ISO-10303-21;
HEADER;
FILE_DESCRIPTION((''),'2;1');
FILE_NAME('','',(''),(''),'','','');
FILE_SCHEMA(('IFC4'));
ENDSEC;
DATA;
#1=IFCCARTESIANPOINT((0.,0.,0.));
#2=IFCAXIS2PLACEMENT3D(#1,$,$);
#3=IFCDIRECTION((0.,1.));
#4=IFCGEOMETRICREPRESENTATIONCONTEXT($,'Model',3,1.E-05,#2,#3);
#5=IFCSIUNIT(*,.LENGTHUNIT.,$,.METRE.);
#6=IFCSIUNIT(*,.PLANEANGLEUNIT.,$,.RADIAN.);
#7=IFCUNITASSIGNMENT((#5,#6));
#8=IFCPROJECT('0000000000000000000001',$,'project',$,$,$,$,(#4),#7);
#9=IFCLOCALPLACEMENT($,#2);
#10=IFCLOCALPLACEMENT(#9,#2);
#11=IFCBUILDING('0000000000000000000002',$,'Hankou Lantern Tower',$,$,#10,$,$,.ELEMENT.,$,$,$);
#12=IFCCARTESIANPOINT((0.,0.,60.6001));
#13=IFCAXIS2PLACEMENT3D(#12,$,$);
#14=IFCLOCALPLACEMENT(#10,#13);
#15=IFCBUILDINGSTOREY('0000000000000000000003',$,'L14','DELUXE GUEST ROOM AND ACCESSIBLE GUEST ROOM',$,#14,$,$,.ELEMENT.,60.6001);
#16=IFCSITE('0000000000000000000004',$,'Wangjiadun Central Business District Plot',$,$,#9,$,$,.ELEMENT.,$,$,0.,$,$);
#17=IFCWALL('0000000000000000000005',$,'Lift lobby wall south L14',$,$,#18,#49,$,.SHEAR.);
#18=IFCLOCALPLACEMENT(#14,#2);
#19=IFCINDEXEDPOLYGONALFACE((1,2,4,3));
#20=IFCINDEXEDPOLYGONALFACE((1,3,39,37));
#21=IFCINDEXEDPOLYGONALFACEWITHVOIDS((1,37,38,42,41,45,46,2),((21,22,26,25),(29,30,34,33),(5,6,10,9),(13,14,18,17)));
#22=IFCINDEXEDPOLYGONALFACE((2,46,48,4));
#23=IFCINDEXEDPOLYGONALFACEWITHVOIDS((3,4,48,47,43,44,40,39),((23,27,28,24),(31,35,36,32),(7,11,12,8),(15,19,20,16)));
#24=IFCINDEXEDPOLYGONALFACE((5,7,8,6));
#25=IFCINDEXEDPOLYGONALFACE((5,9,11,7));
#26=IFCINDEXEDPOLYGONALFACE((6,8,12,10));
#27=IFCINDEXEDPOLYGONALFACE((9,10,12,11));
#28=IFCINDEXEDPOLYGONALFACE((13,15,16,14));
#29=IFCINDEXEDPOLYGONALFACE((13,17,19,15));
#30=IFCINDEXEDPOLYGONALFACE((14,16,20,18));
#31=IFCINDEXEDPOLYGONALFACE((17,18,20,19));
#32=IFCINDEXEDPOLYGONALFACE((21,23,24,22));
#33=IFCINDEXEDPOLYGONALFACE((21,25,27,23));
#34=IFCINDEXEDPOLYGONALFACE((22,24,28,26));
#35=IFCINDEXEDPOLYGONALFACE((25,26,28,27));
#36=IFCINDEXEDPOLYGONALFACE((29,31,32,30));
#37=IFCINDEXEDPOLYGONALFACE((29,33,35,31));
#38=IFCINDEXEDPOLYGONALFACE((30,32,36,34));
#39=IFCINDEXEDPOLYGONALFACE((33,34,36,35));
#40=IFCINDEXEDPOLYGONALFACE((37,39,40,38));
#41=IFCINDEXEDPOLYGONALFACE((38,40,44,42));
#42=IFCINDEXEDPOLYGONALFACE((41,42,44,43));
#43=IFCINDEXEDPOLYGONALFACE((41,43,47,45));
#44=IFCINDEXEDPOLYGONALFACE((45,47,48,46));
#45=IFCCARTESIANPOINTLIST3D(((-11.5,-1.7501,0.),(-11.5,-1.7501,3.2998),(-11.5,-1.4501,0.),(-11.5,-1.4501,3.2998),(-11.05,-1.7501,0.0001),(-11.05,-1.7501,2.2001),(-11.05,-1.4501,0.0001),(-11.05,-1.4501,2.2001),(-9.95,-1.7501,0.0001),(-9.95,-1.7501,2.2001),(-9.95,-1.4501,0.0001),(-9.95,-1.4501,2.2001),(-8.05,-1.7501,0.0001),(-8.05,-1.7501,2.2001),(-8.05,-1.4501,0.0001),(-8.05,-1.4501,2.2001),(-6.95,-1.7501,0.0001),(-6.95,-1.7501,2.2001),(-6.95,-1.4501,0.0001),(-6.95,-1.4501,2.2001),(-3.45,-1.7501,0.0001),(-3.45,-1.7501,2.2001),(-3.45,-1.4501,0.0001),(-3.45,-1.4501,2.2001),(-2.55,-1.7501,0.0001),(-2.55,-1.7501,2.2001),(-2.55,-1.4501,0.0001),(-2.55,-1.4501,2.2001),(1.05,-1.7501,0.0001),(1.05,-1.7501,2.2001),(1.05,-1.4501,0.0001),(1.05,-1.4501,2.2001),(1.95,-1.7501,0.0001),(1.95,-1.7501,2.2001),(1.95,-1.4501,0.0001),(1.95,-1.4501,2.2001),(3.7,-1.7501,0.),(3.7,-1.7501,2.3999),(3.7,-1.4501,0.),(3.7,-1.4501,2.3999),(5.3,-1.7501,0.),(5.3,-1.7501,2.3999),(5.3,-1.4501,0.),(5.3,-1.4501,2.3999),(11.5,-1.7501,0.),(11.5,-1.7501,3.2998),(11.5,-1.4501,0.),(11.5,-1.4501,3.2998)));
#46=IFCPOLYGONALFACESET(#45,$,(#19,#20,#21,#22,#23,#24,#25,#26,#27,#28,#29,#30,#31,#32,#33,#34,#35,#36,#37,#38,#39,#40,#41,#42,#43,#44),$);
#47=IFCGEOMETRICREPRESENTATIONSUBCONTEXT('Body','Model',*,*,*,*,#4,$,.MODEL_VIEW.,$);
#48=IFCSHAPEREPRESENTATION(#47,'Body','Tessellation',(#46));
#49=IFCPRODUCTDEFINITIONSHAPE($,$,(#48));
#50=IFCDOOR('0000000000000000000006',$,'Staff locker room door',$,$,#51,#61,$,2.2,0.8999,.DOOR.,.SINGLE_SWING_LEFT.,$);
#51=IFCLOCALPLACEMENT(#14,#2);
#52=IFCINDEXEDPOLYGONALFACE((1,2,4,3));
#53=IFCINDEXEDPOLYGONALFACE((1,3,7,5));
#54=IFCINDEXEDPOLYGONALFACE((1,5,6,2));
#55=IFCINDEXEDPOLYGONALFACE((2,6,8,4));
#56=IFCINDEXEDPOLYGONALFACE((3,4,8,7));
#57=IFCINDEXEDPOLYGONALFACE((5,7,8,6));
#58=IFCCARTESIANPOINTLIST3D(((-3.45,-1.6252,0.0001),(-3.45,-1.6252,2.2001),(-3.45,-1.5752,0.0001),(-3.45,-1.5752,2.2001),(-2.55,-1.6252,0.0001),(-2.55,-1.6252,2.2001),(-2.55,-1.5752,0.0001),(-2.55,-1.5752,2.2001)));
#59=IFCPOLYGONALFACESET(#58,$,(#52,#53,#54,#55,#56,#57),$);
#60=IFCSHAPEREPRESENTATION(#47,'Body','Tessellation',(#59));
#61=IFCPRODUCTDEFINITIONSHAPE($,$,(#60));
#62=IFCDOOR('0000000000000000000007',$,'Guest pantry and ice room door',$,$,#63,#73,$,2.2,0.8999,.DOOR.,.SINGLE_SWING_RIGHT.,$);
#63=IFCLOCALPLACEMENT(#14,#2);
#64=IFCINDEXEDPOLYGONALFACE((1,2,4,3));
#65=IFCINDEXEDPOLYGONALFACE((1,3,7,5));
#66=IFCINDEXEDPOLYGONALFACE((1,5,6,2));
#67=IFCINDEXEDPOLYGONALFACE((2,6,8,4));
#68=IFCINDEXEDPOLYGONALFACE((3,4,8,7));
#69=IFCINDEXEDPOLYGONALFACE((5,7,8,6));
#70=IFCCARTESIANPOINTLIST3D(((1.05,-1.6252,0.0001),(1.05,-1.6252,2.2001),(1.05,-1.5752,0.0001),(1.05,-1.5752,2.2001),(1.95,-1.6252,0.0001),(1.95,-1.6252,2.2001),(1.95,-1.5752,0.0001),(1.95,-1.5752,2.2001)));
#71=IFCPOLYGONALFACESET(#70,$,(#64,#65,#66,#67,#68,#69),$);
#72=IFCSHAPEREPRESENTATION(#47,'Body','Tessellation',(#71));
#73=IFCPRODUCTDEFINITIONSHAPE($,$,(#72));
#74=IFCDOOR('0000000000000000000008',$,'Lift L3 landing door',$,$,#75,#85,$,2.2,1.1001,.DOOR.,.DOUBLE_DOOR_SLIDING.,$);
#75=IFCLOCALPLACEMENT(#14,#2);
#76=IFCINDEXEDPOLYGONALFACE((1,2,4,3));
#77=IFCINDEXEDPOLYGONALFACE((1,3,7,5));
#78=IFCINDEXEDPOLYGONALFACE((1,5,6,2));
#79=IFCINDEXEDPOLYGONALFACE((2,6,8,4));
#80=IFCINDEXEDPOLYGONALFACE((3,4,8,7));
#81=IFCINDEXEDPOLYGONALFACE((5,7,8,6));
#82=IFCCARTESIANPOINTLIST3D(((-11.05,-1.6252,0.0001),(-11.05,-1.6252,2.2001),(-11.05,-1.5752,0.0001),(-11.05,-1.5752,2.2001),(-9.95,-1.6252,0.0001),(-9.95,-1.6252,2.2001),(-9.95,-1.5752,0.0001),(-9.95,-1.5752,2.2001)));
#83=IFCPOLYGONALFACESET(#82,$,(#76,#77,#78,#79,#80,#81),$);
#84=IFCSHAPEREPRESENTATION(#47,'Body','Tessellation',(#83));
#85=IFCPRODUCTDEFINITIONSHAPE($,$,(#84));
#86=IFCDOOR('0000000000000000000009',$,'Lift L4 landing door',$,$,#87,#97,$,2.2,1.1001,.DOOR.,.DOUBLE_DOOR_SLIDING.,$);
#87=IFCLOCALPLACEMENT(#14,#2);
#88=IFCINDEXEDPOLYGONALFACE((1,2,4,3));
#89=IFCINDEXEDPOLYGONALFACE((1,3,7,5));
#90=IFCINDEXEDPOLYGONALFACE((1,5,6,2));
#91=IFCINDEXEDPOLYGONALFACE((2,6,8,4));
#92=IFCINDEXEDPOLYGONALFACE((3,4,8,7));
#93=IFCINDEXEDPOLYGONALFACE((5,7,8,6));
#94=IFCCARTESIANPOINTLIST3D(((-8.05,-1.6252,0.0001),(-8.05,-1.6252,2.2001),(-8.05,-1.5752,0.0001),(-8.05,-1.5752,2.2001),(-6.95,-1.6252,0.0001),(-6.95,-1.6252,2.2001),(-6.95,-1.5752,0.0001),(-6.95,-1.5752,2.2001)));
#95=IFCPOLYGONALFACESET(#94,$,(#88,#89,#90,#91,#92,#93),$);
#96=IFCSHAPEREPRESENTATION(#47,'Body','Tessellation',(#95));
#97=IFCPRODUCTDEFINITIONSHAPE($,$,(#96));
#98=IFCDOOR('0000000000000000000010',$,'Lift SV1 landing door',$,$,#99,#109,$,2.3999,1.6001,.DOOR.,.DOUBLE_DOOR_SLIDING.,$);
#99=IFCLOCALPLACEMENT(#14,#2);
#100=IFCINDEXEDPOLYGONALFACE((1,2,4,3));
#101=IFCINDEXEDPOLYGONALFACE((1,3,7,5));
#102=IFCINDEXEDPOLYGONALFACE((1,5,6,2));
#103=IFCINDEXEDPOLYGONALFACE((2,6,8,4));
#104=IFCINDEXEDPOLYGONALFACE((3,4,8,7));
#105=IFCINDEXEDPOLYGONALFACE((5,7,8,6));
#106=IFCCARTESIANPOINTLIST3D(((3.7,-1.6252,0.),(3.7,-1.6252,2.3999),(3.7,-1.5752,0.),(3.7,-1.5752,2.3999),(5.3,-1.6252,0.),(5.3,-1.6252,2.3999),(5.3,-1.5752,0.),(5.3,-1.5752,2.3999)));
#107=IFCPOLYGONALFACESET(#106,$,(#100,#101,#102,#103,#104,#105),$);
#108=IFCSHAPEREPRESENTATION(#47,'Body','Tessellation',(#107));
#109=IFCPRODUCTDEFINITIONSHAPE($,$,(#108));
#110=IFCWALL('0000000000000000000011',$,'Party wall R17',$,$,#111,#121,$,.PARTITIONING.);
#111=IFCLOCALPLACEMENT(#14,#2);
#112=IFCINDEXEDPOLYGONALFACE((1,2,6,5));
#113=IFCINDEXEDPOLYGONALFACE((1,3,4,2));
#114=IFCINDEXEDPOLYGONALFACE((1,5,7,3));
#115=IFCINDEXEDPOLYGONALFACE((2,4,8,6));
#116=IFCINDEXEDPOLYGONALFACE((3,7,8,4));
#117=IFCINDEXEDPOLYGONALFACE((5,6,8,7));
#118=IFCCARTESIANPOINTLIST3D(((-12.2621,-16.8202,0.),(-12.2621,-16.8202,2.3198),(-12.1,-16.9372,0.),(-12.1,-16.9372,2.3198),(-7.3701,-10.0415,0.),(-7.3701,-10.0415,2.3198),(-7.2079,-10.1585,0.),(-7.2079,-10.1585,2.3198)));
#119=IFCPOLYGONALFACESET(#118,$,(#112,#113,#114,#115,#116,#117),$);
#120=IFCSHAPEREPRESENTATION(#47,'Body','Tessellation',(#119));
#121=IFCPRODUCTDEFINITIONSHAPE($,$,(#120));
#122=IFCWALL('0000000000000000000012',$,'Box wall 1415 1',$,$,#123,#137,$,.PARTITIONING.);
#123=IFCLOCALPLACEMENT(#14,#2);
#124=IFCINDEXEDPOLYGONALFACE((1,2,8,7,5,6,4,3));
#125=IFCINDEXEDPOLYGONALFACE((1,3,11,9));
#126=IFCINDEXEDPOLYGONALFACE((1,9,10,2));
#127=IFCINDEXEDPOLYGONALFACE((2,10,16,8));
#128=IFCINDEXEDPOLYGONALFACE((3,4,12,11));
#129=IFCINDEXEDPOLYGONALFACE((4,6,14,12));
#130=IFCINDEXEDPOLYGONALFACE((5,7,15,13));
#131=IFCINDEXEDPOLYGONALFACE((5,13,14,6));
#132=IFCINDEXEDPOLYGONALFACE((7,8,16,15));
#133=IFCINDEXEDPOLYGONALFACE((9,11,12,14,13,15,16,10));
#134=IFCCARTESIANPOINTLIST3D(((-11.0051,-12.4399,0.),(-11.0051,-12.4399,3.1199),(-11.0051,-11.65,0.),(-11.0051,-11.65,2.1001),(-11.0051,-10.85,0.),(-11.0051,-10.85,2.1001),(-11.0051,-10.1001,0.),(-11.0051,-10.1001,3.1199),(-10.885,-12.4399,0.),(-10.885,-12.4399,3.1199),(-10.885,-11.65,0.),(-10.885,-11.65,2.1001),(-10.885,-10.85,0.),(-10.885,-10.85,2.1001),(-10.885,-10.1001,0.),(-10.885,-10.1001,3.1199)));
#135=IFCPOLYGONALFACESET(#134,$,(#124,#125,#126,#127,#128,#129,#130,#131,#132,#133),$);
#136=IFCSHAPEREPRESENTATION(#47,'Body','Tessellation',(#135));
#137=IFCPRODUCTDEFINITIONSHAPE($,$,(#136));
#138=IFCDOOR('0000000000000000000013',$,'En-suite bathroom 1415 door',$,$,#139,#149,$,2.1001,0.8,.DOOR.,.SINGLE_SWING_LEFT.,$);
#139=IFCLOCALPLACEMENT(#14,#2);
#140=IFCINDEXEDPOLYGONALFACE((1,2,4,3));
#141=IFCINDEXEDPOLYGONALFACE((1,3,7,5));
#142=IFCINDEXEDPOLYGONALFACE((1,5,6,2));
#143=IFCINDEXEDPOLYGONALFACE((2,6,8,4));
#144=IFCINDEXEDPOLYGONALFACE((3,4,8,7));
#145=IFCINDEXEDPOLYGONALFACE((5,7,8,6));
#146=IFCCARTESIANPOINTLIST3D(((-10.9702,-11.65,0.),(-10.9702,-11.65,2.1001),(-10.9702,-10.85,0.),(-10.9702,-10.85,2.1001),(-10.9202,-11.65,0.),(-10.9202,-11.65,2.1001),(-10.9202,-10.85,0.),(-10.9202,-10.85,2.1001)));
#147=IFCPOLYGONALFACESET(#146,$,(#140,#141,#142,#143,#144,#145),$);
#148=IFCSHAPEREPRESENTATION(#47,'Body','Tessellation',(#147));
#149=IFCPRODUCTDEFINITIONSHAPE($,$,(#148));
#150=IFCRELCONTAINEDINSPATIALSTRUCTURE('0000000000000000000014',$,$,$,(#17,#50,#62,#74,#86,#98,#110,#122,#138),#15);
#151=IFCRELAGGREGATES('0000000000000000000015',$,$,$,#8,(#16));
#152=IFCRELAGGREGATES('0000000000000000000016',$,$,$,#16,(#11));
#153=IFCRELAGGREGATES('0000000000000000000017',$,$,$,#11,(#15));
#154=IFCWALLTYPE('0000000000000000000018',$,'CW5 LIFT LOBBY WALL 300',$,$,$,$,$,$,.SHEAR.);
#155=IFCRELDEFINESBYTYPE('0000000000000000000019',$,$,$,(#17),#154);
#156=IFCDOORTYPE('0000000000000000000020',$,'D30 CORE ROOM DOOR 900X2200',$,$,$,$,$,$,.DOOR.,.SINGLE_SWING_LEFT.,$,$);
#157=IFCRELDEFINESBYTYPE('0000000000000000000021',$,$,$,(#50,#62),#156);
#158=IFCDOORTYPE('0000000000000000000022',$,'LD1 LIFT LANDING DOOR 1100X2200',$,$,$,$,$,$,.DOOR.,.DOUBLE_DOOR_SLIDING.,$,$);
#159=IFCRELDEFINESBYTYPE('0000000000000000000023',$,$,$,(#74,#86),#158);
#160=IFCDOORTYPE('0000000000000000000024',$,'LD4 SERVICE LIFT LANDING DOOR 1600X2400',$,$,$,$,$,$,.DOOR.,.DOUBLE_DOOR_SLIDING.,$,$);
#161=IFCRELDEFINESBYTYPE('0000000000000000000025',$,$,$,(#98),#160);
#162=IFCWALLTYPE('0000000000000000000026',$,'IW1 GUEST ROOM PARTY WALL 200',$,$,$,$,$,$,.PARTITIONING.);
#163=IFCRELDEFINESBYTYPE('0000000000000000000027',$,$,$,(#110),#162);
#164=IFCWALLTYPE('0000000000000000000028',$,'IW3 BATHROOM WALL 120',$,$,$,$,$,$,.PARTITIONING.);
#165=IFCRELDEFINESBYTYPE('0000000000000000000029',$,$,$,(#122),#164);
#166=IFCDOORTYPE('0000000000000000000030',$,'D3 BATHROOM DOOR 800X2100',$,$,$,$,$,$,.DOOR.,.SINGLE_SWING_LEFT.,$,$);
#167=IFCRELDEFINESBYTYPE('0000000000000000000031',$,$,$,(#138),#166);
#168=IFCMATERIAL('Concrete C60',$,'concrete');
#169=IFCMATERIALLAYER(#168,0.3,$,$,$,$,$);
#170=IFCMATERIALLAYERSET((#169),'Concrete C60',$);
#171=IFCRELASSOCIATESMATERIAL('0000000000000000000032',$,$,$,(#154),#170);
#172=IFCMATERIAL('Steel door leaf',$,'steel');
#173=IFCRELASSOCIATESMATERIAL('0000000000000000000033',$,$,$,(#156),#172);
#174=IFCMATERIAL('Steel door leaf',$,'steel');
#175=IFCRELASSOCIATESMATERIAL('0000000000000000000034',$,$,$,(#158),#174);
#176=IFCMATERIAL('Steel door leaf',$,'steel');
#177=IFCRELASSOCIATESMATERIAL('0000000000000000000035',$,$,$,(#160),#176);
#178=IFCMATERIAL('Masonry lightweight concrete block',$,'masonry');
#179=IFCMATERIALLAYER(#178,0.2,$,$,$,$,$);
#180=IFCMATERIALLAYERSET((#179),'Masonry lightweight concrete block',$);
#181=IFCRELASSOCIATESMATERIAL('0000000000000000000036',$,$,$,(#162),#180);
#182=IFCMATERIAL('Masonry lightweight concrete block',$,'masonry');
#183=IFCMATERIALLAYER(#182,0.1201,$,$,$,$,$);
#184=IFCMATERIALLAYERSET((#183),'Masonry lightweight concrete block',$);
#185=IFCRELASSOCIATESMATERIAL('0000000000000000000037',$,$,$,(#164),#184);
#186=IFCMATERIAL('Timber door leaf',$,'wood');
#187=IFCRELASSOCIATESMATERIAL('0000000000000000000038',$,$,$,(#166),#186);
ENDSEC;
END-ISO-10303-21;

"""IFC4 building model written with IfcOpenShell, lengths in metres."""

from ifc_helpers import new_model, si_unit, direction, frame, frame_2d, origin, place, context, subcontext, project, spatial, rectangle, extrude, material, layer, layer_set, type_object, element, fill, save


model = new_model("IFC4")

# Units and contexts
model_context = context("Model", 3, precision=1e-05, world=origin(), true_north=direction((0.0, 1.0)))
body_context = subcontext(model_context, "Body", "Model", "MODEL_VIEW")
ifc_project = project(units=[si_unit("LENGTHUNIT", "METRE"), si_unit("PLANEANGLEUNIT", "RADIAN")], contexts=[model_context])

# Site, building, storey
site_placement = place(None, origin())
site = spatial("IfcSite", under=ifc_project, at=site_placement, Name="Wangjiadun Central Business District Plot", CompositionType="ELEMENT", RefElevation=0.0)
building_placement = place(site_placement, origin())
building = spatial("IfcBuilding", under=site, at=building_placement, Name="Hankou Lantern Tower", CompositionType="ELEMENT")
storey_placement = place(building_placement, frame((0.0, 0.0, 60.6001)))
storey = spatial("IfcBuildingStorey", under=building, at=storey_placement, Name="L14", Description="DELUXE GUEST ROOM AND ACCESSIBLE GUEST ROOM", CompositionType="ELEMENT", Elevation=60.6001)

# Wall, openings, doors
ifc_material_1 = material(Name="Concrete C60", Category="concrete")
ifc_layer_1 = layer(ifc_material_1, 0.3)
ifc_layer_set_1 = layer_set([ifc_layer_1], Name="Concrete C60")
wall_type_1 = type_object("IfcWallType", Name="CW5 LIFT LOBBY WALL 300", PredefinedType="SHEAR", material=ifc_layer_set_1)
ifc_material_2 = material(Name="Steel door leaf", Category="steel")
door_type_1 = type_object("IfcDoorType", Name="D30 CORE ROOM DOOR 900X2200", OperationType="SINGLE_SWING_LEFT", PredefinedType="DOOR", material=ifc_material_2)
ifc_material_3 = material(Name="Steel door leaf", Category="steel")
door_type_2 = type_object("IfcDoorType", Name="LD1 LIFT LANDING DOOR 1100X2200", OperationType="DOUBLE_DOOR_SLIDING", PredefinedType="DOOR", material=ifc_material_3)
wall_1_placement = place(storey_placement, frame((-11.5, -1.6001, 0.0), z_axis=(0.0, 0.0, 1.0), x_axis=(1.0, 0.0, 0.0)))
wall_1 = element("IfcWall", 1, at=wall_1_placement, inside=storey, type_object=wall_type_1, Name="Lift lobby wall south L14", PredefinedType="SHEAR", context=body_context, shape_type="SweptSolid", body=[
    extrude(rectangle(XDim=23.0, YDim=0.3, at=frame_2d((11.5, 0.0))), origin(), (0.0, 0.0, 1.0), 3.2998),
])
opening_1_placement = place(wall_1_placement, frame((0.45, 0.0, 0.0)))
opening_1 = element("IfcOpeningElement", 2, at=opening_1_placement, cuts=wall_1, PredefinedType="OPENING", context=body_context, shape_type="SweptSolid", body=[
    extrude(rectangle(XDim=1.1001, YDim=2.2, at=frame_2d((0.55, 1.1001))), frame((0.0, 0.1599, 0.0), z_axis=(0.0, -1.0, 0.0), x_axis=(1.0, 0.0, 0.0)), (0.0, 0.0, 1.0), 0.3201),
])
opening_2_placement = place(wall_1_placement, frame((3.45, 0.0, 0.0)))
opening_2 = element("IfcOpeningElement", 3, at=opening_2_placement, cuts=wall_1, PredefinedType="OPENING", context=body_context, shape_type="SweptSolid", body=[
    extrude(rectangle(XDim=1.1001, YDim=2.2, at=frame_2d((0.55, 1.1001))), frame((0.0, 0.1599, 0.0), z_axis=(0.0, -1.0, 0.0), x_axis=(1.0, 0.0, 0.0)), (0.0, 0.0, 1.0), 0.3201),
])
opening_3_placement = place(wall_1_placement, frame((15.2, 0.0, 0.0)))
opening_3 = element("IfcOpeningElement", 4, at=opening_3_placement, cuts=wall_1, PredefinedType="OPENING", context=body_context, shape_type="SweptSolid", body=[
    extrude(rectangle(XDim=1.6001, YDim=2.3999, at=frame_2d((0.8, 1.2))), frame((0.0, 0.1599, 0.0), z_axis=(0.0, -1.0, 0.0), x_axis=(1.0, 0.0, 0.0)), (0.0, 0.0, 1.0), 0.3201),
])
opening_4_placement = place(wall_1_placement, frame((8.05, 0.0, 0.0)))
opening_4 = element("IfcOpeningElement", 5, at=opening_4_placement, cuts=wall_1, PredefinedType="OPENING", context=body_context, shape_type="SweptSolid", body=[
    extrude(rectangle(XDim=0.8999, YDim=2.2, at=frame_2d((0.45, 1.1001))), frame((0.0, 0.1599, 0.0), z_axis=(0.0, -1.0, 0.0), x_axis=(1.0, 0.0, 0.0)), (0.0, 0.0, 1.0), 0.3201),
])
opening_5_placement = place(wall_1_placement, frame((12.55, 0.0, 0.0)))
opening_5 = element("IfcOpeningElement", 6, at=opening_5_placement, cuts=wall_1, PredefinedType="OPENING", context=body_context, shape_type="SweptSolid", body=[
    extrude(rectangle(XDim=0.8999, YDim=2.2, at=frame_2d((0.45, 1.1001))), frame((0.0, 0.1599, 0.0), z_axis=(0.0, -1.0, 0.0), x_axis=(1.0, 0.0, 0.0)), (0.0, 0.0, 1.0), 0.3201),
])
door_1_placement = place(opening_4_placement, origin())
door_1 = element("IfcDoor", 7, at=door_1_placement, inside=storey, type_object=door_type_1, Name="Staff locker room door", OperationType="SINGLE_SWING_LEFT", OverallHeight=2.2, OverallWidth=0.8999, PredefinedType="DOOR", context=body_context, shape_type="SweptSolid", body=[
    extrude(rectangle(XDim=0.8999, YDim=2.2, at=frame_2d((0.45, 1.1001))), frame((0.0, 0.0249, 0.0), z_axis=(0.0, -1.0, 0.0), x_axis=(1.0, 0.0, 0.0)), (0.0, 0.0, 1.0), 0.05),
])
fill(opening_4, door_1)
door_2_placement = place(opening_5_placement, origin())
door_2 = element("IfcDoor", 8, at=door_2_placement, inside=storey, type_object=door_type_1, Name="Guest pantry and ice room door", OperationType="SINGLE_SWING_RIGHT", OverallHeight=2.2, OverallWidth=0.8999, PredefinedType="DOOR", context=body_context, shape_type="SweptSolid", body=[
    extrude(rectangle(XDim=0.8999, YDim=2.2, at=frame_2d((0.45, 1.1001))), frame((0.0, 0.0249, 0.0), z_axis=(0.0, -1.0, 0.0), x_axis=(1.0, 0.0, 0.0)), (0.0, 0.0, 1.0), 0.05),
])
fill(opening_5, door_2)
door_3_placement = place(opening_1_placement, origin())
door_3 = element("IfcDoor", 9, at=door_3_placement, inside=storey, type_object=door_type_2, Name="Lift L3 landing door", OperationType="DOUBLE_DOOR_SLIDING", OverallHeight=2.2, OverallWidth=1.1001, PredefinedType="DOOR", context=body_context, shape_type="SweptSolid", body=[
    extrude(rectangle(XDim=1.1001, YDim=2.2, at=frame_2d((0.55, 1.1001))), frame((0.0, 0.0249, 0.0), z_axis=(0.0, -1.0, 0.0), x_axis=(1.0, 0.0, 0.0)), (0.0, 0.0, 1.0), 0.05),
])
fill(opening_1, door_3)
door_4_placement = place(opening_2_placement, origin())
door_4 = element("IfcDoor", 10, at=door_4_placement, inside=storey, type_object=door_type_2, Name="Lift L4 landing door", OperationType="DOUBLE_DOOR_SLIDING", OverallHeight=2.2, OverallWidth=1.1001, PredefinedType="DOOR", context=body_context, shape_type="SweptSolid", body=[
    extrude(rectangle(XDim=1.1001, YDim=2.2, at=frame_2d((0.55, 1.1001))), frame((0.0, 0.0249, 0.0), z_axis=(0.0, -1.0, 0.0), x_axis=(1.0, 0.0, 0.0)), (0.0, 0.0, 1.0), 0.05),
])
fill(opening_2, door_4)
ifc_material_4 = material(Name="Steel door leaf", Category="steel")
door_type_3 = type_object("IfcDoorType", Name="LD4 SERVICE LIFT LANDING DOOR 1600X2400", OperationType="DOUBLE_DOOR_SLIDING", PredefinedType="DOOR", material=ifc_material_4)
door_5_placement = place(opening_3_placement, origin())
door_5 = element("IfcDoor", 11, at=door_5_placement, inside=storey, type_object=door_type_3, Name="Lift SV1 landing door", OperationType="DOUBLE_DOOR_SLIDING", OverallHeight=2.3999, OverallWidth=1.6001, PredefinedType="DOOR", context=body_context, shape_type="SweptSolid", body=[
    extrude(rectangle(XDim=1.6001, YDim=2.3999, at=frame_2d((0.8, 1.2))), frame((0.0, 0.0249, 0.0), z_axis=(0.0, -1.0, 0.0), x_axis=(1.0, 0.0, 0.0)), (0.0, 0.0, 1.0), 0.05),
])
fill(opening_3, door_5)

# Wall
ifc_material_5 = material(Name="Masonry lightweight concrete block", Category="masonry")
ifc_layer_2 = layer(ifc_material_5, 0.2)
ifc_layer_set_2 = layer_set([ifc_layer_2], Name="Masonry lightweight concrete block")
wall_type_2 = type_object("IfcWallType", Name="IW1 GUEST ROOM PARTY WALL 200", PredefinedType="PARTITIONING", material=ifc_layer_set_2)
wall_2_placement = place(storey_placement, frame((-7.2891, -10.1001, 0.0), z_axis=(0.0, 0.0, 1.0), x_axis=(-0.585198, -0.81089, 0.0)))
element("IfcWall", 12, at=wall_2_placement, inside=storey, type_object=wall_type_2, Name="Party wall R17", PredefinedType="PARTITIONING", context=body_context, shape_type="SweptSolid", body=[
    extrude(rectangle(XDim=8.3596, YDim=0.2, at=frame_2d((4.1797, 0.0))), origin(), (0.0, 0.0, 1.0), 2.3198),
])

# Wall, opening, door
ifc_material_6 = material(Name="Masonry lightweight concrete block", Category="masonry")
ifc_layer_3 = layer(ifc_material_6, 0.1201)
ifc_layer_set_3 = layer_set([ifc_layer_3], Name="Masonry lightweight concrete block")
wall_type_3 = type_object("IfcWallType", Name="IW3 BATHROOM WALL 120", PredefinedType="PARTITIONING", material=ifc_layer_set_3)
wall_3_placement = place(storey_placement, frame((-10.9451, -10.1001, 0.0), z_axis=(0.0, 0.0, 1.0), x_axis=(0.0, -1.0, 0.0)))
wall_3 = element("IfcWall", 13, at=wall_3_placement, inside=storey, type_object=wall_type_3, Name="Box wall 1415 1", PredefinedType="PARTITIONING", context=body_context, shape_type="SweptSolid", body=[
    extrude(rectangle(XDim=2.3398, YDim=0.1201, at=frame_2d((1.1699, 0.0))), origin(), (0.0, 0.0, 1.0), 3.1199),
])
opening_6_placement = place(wall_3_placement, frame((0.75, 0.0, 0.0)))
opening_6 = element("IfcOpeningElement", 14, at=opening_6_placement, cuts=wall_3, PredefinedType="OPENING", context=body_context, shape_type="SweptSolid", body=[
    extrude(rectangle(XDim=0.8, YDim=2.1001, at=frame_2d((0.3999, 1.05))), frame((0.0, 0.0701, 0.0), z_axis=(0.0, -1.0, 0.0), x_axis=(1.0, 0.0, 0.0)), (0.0, 0.0, 1.0), 0.1401),
])
ifc_material_7 = material(Name="Timber door leaf", Category="wood")
door_type_4 = type_object("IfcDoorType", Name="D3 BATHROOM DOOR 800X2100", OperationType="SINGLE_SWING_LEFT", PredefinedType="DOOR", material=ifc_material_7)
door_6_placement = place(opening_6_placement, origin())
door_6 = element("IfcDoor", 15, at=door_6_placement, inside=storey, type_object=door_type_4, Name="En-suite bathroom 1415 door", OperationType="SINGLE_SWING_LEFT", OverallHeight=2.1001, OverallWidth=0.8, PredefinedType="DOOR", context=body_context, shape_type="SweptSolid", body=[
    extrude(rectangle(XDim=0.8, YDim=2.1001, at=frame_2d((0.3999, 1.05))), frame((0.0, 0.0249, 0.0), z_axis=(0.0, -1.0, 0.0), x_axis=(1.0, 0.0, 0.0)), (0.0, 0.0, 1.0), 0.05),
])
fill(opening_6, door_6)

save(model, "model.ifc")
